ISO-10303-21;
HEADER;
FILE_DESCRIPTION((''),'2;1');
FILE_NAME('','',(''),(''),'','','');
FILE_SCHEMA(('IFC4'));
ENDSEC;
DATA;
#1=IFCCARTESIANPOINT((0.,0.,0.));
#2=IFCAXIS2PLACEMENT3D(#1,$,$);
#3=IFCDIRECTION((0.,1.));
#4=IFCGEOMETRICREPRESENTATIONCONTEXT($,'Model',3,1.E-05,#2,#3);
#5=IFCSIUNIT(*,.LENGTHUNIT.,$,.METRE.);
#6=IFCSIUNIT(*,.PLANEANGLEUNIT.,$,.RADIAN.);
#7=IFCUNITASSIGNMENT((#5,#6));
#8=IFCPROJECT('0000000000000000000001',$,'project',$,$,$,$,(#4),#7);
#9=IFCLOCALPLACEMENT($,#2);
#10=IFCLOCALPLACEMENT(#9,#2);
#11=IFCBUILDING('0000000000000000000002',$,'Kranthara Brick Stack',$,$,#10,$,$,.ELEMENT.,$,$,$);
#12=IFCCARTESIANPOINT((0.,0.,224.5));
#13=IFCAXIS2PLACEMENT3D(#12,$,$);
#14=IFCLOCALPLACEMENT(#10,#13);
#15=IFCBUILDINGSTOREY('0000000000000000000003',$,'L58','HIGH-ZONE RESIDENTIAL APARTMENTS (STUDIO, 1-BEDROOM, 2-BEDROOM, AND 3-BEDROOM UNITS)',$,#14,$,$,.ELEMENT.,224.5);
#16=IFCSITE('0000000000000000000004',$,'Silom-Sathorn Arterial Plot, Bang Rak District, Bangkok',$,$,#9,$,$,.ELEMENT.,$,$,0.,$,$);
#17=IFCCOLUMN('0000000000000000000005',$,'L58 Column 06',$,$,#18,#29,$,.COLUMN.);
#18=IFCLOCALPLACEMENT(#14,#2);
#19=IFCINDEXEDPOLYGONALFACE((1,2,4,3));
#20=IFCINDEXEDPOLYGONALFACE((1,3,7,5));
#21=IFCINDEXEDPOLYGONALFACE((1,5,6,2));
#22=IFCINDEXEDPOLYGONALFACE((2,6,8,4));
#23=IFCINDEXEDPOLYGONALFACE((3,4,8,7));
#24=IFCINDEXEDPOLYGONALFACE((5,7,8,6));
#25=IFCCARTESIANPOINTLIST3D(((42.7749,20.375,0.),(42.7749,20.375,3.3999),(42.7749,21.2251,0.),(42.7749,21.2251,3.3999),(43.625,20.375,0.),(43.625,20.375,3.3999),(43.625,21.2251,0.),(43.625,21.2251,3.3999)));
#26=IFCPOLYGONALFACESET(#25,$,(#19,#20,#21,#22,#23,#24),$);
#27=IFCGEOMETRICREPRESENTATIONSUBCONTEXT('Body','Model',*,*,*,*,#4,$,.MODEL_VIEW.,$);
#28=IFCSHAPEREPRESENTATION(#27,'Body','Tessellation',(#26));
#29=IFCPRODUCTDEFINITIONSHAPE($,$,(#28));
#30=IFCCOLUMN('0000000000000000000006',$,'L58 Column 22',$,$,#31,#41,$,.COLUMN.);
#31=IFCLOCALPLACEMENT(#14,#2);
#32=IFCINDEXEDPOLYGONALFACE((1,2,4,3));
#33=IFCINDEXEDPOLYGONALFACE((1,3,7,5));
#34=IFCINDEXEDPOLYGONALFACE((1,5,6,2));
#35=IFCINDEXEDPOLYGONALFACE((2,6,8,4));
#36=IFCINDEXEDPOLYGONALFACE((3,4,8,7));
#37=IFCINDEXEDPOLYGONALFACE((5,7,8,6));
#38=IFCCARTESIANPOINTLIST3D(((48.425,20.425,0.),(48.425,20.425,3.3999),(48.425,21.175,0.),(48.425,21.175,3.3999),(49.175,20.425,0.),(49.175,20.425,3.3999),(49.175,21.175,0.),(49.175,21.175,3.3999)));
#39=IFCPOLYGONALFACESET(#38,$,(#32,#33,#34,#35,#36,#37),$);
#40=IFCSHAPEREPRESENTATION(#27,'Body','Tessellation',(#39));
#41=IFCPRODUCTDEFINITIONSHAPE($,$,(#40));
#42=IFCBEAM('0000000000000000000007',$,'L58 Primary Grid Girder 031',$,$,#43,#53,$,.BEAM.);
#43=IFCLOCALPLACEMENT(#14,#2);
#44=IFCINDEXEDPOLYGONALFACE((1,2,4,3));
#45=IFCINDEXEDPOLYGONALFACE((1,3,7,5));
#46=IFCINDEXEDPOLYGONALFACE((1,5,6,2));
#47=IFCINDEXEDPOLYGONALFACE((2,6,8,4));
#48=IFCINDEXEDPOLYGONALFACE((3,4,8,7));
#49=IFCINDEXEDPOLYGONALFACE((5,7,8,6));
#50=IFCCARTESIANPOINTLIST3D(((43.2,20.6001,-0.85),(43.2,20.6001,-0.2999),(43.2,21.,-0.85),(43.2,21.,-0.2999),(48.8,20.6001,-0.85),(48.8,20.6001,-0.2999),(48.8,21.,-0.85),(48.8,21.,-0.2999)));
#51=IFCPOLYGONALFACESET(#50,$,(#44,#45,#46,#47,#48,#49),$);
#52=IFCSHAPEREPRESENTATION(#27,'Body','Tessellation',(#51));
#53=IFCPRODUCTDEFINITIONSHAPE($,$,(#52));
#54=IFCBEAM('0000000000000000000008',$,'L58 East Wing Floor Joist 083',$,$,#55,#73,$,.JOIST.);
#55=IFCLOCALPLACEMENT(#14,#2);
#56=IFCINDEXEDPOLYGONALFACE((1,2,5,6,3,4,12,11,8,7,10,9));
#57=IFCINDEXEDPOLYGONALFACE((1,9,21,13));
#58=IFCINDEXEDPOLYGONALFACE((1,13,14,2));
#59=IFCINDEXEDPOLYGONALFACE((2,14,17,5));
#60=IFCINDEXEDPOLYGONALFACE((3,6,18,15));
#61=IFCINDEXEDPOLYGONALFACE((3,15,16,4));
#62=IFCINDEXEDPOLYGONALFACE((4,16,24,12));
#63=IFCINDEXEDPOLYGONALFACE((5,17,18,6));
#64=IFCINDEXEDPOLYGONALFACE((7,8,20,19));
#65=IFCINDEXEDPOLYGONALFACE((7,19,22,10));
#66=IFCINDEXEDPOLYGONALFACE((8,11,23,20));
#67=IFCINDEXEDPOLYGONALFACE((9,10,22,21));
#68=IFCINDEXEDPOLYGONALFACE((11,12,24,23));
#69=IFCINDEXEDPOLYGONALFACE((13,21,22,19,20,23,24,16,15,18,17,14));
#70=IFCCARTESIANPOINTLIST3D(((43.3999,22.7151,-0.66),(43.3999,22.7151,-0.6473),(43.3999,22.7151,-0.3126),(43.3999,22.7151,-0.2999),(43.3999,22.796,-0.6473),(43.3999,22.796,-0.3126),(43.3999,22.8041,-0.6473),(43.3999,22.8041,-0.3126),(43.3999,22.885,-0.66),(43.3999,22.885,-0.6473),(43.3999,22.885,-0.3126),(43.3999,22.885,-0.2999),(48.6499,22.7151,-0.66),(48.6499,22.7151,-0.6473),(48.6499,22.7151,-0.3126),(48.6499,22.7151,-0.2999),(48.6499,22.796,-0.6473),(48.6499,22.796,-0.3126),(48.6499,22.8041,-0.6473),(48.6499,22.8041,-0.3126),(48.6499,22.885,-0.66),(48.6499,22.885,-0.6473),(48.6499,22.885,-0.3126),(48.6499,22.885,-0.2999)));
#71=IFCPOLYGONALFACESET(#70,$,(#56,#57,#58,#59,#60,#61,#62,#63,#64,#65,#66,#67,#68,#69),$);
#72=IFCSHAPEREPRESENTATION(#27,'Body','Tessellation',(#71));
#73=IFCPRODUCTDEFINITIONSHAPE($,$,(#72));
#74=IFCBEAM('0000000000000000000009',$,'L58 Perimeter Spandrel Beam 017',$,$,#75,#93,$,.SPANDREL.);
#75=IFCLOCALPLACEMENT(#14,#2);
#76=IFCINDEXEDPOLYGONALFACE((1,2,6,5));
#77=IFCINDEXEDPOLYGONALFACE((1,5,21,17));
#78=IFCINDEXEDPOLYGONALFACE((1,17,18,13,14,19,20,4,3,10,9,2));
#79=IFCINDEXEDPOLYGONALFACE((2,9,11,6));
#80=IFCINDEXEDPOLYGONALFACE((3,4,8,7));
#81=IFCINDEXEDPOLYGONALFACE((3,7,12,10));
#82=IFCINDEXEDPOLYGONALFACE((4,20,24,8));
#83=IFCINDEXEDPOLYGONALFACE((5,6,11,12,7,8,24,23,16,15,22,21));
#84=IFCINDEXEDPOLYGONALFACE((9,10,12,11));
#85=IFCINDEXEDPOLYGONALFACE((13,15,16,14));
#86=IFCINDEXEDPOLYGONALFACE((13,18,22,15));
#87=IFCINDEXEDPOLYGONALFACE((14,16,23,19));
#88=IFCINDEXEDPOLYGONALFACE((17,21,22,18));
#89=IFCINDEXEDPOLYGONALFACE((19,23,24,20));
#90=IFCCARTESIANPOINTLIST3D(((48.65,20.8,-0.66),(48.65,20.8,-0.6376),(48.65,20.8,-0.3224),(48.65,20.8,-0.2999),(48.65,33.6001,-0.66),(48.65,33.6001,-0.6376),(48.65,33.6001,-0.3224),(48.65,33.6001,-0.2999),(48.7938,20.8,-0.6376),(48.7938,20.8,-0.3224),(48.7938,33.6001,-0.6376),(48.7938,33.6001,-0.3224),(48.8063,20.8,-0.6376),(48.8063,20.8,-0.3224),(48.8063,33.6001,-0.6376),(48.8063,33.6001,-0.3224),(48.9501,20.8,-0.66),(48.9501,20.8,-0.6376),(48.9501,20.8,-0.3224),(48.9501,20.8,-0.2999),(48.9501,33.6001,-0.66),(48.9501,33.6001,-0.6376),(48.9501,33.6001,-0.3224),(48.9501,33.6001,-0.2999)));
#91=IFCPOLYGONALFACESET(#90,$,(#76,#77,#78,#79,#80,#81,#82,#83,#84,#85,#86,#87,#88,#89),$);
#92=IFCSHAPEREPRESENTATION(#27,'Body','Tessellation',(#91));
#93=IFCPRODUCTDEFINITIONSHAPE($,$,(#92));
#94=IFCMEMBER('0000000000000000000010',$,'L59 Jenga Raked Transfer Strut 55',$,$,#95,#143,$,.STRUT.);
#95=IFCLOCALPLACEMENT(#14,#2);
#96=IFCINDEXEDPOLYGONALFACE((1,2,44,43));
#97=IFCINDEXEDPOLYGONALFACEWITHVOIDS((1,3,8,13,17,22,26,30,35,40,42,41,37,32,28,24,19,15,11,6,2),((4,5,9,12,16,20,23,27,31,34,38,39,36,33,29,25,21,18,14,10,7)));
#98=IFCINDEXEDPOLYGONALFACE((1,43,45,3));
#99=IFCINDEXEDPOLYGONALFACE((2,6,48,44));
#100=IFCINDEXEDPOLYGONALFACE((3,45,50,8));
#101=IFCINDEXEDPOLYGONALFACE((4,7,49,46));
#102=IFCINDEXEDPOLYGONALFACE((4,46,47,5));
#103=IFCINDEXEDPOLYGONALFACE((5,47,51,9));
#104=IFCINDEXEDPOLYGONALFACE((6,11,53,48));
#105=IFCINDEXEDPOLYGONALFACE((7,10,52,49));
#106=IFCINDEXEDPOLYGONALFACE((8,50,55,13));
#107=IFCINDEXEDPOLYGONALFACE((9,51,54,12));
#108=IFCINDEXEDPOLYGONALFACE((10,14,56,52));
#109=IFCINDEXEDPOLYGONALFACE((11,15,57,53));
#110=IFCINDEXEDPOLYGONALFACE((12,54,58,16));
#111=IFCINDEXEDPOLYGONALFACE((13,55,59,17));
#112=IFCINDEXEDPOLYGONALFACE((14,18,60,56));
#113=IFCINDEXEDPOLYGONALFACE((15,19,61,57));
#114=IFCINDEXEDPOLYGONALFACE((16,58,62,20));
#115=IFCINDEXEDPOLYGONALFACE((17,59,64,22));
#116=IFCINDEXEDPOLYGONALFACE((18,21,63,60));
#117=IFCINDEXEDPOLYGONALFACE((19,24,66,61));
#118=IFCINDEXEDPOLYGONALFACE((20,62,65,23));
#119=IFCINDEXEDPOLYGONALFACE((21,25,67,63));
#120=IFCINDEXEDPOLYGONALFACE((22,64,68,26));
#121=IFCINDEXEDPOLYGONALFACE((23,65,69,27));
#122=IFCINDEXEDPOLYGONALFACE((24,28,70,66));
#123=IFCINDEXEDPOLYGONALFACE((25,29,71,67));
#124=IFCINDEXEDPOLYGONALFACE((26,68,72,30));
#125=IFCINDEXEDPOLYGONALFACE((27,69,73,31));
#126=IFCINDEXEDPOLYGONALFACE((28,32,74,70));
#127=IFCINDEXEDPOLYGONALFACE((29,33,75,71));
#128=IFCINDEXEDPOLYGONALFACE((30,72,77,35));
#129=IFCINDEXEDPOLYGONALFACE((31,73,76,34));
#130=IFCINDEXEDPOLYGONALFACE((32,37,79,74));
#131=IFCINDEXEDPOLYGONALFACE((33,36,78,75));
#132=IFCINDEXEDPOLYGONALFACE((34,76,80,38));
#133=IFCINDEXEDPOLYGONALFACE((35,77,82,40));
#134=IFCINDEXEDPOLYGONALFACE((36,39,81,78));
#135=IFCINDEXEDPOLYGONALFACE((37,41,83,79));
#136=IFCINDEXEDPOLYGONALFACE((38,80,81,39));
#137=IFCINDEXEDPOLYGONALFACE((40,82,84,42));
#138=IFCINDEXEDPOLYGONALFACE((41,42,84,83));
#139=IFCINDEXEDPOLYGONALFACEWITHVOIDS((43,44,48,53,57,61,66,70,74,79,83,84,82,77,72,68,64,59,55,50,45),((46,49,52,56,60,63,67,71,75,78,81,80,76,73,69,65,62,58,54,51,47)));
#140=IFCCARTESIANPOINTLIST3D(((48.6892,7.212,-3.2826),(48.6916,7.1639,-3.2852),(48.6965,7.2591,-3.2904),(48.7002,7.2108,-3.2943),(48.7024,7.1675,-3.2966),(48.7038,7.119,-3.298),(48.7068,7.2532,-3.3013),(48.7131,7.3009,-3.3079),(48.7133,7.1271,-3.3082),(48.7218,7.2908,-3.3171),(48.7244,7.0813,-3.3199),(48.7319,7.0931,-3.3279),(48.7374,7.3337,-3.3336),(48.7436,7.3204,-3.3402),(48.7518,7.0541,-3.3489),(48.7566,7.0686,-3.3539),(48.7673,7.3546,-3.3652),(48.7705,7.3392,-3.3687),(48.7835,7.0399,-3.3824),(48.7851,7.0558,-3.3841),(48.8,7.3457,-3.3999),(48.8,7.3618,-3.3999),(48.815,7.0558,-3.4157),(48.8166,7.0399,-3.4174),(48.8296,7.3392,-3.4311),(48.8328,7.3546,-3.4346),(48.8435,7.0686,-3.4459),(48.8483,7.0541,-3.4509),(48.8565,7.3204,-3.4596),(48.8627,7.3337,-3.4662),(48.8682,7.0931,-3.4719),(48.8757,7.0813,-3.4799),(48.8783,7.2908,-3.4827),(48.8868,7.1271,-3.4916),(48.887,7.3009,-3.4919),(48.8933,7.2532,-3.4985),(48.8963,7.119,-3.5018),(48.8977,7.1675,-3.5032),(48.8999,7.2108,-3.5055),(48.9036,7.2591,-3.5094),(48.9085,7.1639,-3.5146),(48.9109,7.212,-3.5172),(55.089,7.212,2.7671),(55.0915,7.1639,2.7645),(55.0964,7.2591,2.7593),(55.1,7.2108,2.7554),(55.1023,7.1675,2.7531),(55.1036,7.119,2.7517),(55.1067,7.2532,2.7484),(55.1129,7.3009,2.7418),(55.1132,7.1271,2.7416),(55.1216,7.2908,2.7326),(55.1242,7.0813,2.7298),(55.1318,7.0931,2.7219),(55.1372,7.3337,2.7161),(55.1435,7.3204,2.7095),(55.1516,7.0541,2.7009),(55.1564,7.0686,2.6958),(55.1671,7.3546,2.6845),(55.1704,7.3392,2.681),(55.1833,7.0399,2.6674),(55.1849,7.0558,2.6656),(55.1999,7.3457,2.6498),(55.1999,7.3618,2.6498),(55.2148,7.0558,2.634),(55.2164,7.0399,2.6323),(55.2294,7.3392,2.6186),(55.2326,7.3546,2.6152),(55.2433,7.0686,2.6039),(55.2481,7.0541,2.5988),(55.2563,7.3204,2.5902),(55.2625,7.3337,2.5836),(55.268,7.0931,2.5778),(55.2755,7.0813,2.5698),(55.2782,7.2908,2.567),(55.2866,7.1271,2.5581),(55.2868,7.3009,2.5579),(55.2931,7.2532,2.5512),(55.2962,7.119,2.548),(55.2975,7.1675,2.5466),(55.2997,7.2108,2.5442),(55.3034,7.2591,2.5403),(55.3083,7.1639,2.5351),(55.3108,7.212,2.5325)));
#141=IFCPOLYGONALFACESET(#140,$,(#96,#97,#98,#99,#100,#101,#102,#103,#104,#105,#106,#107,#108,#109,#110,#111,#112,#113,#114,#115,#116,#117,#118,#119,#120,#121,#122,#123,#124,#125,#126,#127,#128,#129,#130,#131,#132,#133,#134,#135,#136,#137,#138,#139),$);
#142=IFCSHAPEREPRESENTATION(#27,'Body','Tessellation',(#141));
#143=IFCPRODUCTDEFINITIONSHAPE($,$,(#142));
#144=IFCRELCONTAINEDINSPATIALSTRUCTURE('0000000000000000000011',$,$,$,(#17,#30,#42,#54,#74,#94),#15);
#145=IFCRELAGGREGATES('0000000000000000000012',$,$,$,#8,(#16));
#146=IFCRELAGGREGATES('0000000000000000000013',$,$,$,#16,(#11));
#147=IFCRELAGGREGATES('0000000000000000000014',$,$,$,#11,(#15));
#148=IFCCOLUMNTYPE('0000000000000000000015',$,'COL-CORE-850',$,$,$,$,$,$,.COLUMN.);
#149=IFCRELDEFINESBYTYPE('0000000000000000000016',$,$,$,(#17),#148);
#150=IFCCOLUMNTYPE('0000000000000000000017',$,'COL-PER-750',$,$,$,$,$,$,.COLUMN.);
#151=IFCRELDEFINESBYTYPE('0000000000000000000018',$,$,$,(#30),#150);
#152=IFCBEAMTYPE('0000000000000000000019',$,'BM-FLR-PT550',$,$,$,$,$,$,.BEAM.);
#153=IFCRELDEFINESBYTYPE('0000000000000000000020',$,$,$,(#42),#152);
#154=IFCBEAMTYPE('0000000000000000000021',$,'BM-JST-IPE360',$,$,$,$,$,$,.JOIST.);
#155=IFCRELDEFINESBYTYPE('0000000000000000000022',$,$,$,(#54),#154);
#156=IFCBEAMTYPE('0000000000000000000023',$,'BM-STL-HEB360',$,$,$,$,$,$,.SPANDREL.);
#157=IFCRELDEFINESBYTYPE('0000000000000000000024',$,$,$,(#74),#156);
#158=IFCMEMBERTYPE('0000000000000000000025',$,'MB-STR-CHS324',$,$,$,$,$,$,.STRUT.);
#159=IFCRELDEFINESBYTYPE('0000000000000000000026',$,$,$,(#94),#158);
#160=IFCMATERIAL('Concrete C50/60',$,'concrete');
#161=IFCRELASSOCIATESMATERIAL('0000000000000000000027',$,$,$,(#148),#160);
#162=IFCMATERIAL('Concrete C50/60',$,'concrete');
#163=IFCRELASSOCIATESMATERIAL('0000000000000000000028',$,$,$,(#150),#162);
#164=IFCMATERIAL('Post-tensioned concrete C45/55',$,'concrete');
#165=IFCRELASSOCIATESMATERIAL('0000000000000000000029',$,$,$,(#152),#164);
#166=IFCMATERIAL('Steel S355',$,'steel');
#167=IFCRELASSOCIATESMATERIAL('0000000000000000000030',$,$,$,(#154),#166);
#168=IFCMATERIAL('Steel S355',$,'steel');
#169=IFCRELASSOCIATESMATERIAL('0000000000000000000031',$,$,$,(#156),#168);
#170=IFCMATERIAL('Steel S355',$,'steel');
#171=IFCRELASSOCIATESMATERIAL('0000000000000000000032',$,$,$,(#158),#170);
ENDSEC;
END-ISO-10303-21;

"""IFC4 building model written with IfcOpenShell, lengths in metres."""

from ifc_helpers import new_model, si_unit, direction, frame, origin, origin_2d, place, context, subcontext, project, spatial, rectangle, hollow_circle, i_section, extrude, material, material_profile, profile_set, type_object, element, save


model = new_model("IFC4")

# Units and contexts
model_context = context("Model", 3, precision=1e-05, world=origin(), true_north=direction((0.0, 1.0)))
body_context = subcontext(model_context, "Body", "Model", "MODEL_VIEW")
ifc_project = project(units=[si_unit("LENGTHUNIT", "METRE"), si_unit("PLANEANGLEUNIT", "RADIAN")], contexts=[model_context])

# Site, building, storey
site_placement = place(None, origin())
site = spatial("IfcSite", under=ifc_project, at=site_placement, Name="Silom-Sathorn Arterial Plot, Bang Rak District, Bangkok", CompositionType="ELEMENT", RefElevation=0.0)
building_placement = place(site_placement, origin())
building = spatial("IfcBuilding", under=site, at=building_placement, Name="Kranthara Brick Stack", CompositionType="ELEMENT")
storey_placement = place(building_placement, frame((0.0, 0.0, 224.5)))
storey = spatial("IfcBuildingStorey", under=building, at=storey_placement, Name="L58", Description="HIGH-ZONE RESIDENTIAL APARTMENTS (STUDIO, 1-BEDROOM, 2-BEDROOM, AND 3-BEDROOM UNITS)", CompositionType="ELEMENT", Elevation=224.5)

# Columns
ifc_material_1 = material(Name="Concrete C50/60", Category="concrete")
ifc_material_profile_1 = material_profile(ifc_material_1, rectangle(XDim=0.8501, YDim=0.8501, at=origin_2d()), Name="RC 850x850")
ifc_profile_set_1 = profile_set([ifc_material_profile_1], Name="Concrete C50/60")
column_type_1 = type_object("IfcColumnType", Name="COL-CORE-850", PredefinedType="COLUMN", material=ifc_profile_set_1)
column_1_placement = place(storey_placement, frame((43.2, 20.8, 0.0), z_axis=(0.0, 0.0, 1.0), x_axis=(1.0, 0.0, 0.0)))
element("IfcColumn", 1, at=column_1_placement, inside=storey, type_object=column_type_1, Name="L58 Column 06", PredefinedType="COLUMN", context=body_context, shape_type="SweptSolid", body=[
    extrude(rectangle(XDim=0.8501, YDim=0.8501, at=origin_2d()), origin(), (0.0, 0.0, 1.0), 3.3999),
])
ifc_material_2 = material(Name="Concrete C50/60", Category="concrete")
ifc_material_profile_2 = material_profile(ifc_material_2, rectangle(XDim=0.75, YDim=0.75, at=origin_2d()), Name="RC 750x750")
ifc_profile_set_2 = profile_set([ifc_material_profile_2], Name="Concrete C50/60")
column_type_2 = type_object("IfcColumnType", Name="COL-PER-750", PredefinedType="COLUMN", material=ifc_profile_set_2)
column_2_placement = place(storey_placement, frame((48.8, 20.8, 0.0), z_axis=(0.0, 0.0, 1.0), x_axis=(1.0, 0.0, 0.0)))
element("IfcColumn", 2, at=column_2_placement, inside=storey, type_object=column_type_2, Name="L58 Column 22", PredefinedType="COLUMN", context=body_context, shape_type="SweptSolid", body=[
    extrude(rectangle(XDim=0.75, YDim=0.75, at=origin_2d()), origin(), (0.0, 0.0, 1.0), 3.3999),
])

# Beams
ifc_material_3 = material(Name="Post-tensioned concrete C45/55", Category="concrete")
ifc_material_profile_3 = material_profile(ifc_material_3, rectangle(XDim=0.3999, YDim=0.55, at=origin_2d()), Name="PT 400x550")
ifc_profile_set_3 = profile_set([ifc_material_profile_3], Name="Post-tensioned concrete C45/55")
beam_type_1 = type_object("IfcBeamType", Name="BM-FLR-PT550", PredefinedType="BEAM", material=ifc_profile_set_3)
beam_1_placement = place(storey_placement, frame((43.2, 20.8, -0.575), z_axis=(1.0, 0.0, 0.0), x_axis=(0.0, 1.0, 0.0)))
element("IfcBeam", 3, at=beam_1_placement, inside=storey, type_object=beam_type_1, Name="L58 Primary Grid Girder 031", PredefinedType="BEAM", context=body_context, shape_type="SweptSolid", body=[
    extrude(rectangle(XDim=0.3999, YDim=0.55, at=origin_2d()), origin(), (0.0, 0.0, 1.0), 5.6001),
])
ifc_material_4 = material(Name="Steel S355", Category="steel")
ifc_material_profile_4 = material_profile(ifc_material_4, i_section(OverallWidth=0.1699, OverallDepth=0.3601, WebThickness=0.0081, FlangeThickness=0.0127, at=origin_2d()), Name="IPE 360")
ifc_profile_set_4 = profile_set([ifc_material_profile_4], Name="Steel S355")
beam_type_2 = type_object("IfcBeamType", Name="BM-JST-IPE360", PredefinedType="JOIST", material=ifc_profile_set_4)
beam_2_placement = place(storey_placement, frame((43.3999, 22.8, -0.48), z_axis=(1.0, 0.0, 0.0), x_axis=(0.0, 1.0, 0.0)))
element("IfcBeam", 4, at=beam_2_placement, inside=storey, type_object=beam_type_2, Name="L58 East Wing Floor Joist 083", PredefinedType="JOIST", context=body_context, shape_type="SweptSolid", body=[
    extrude(i_section(OverallWidth=0.1699, OverallDepth=0.3601, WebThickness=0.0081, FlangeThickness=0.0127, at=origin_2d()), origin(), (0.0, 0.0, 1.0), 5.25),
])
ifc_material_5 = material(Name="Steel S355", Category="steel")
ifc_material_profile_5 = material_profile(ifc_material_5, i_section(OverallWidth=0.3, OverallDepth=0.3601, WebThickness=0.0125, FlangeThickness=0.0225, at=origin_2d()), Name="HEB 360")
ifc_profile_set_5 = profile_set([ifc_material_profile_5], Name="Steel S355")
beam_type_3 = type_object("IfcBeamType", Name="BM-STL-HEB360", PredefinedType="SPANDREL", material=ifc_profile_set_5)
beam_3_placement = place(storey_placement, frame((48.8, 20.8, -0.48), z_axis=(0.0, 1.0, 0.0), x_axis=(-1.0, 0.0, 0.0)))
element("IfcBeam", 5, at=beam_3_placement, inside=storey, type_object=beam_type_3, Name="L58 Perimeter Spandrel Beam 017", PredefinedType="SPANDREL", context=body_context, shape_type="SweptSolid", body=[
    extrude(i_section(OverallWidth=0.3, OverallDepth=0.3601, WebThickness=0.0125, FlangeThickness=0.0225, at=origin_2d()), origin(), (0.0, 0.0, 1.0), 12.8),
])

# Member
ifc_material_6 = material(Name="Steel S355", Category="steel")
ifc_material_profile_6 = material_profile(ifc_material_6, hollow_circle(Radius=0.1619, WallThickness=0.0161, at=origin_2d()), Name="CHS 323.9x16")
ifc_profile_set_6 = profile_set([ifc_material_profile_6], Name="Steel S355")
member_type = type_object("IfcMemberType", Name="MB-STR-CHS324", PredefinedType="STRUT", material=ifc_profile_set_6)
for number, where, z_axis, x_axis, name in (
    (6, (48.8, 7.2, -3.3999), (0.726704, 0.0, 0.686951), (0.0, 1.0, 0.0), "L59 Jenga Raked Transfer Strut 55"),
):
    element("IfcMember", number, at=place(storey_placement, frame(where, z_axis=z_axis, x_axis=x_axis)), inside=storey, type_object=member_type, Name=name, PredefinedType="STRUT", context=body_context, shape_type="SweptSolid", body=[
        extrude(hollow_circle(Radius=0.1619, WallThickness=0.0161, at=origin_2d()), origin(), (0.0, 0.0, 1.0), 8.8066),
    ])

save(model, "model.ifc")
